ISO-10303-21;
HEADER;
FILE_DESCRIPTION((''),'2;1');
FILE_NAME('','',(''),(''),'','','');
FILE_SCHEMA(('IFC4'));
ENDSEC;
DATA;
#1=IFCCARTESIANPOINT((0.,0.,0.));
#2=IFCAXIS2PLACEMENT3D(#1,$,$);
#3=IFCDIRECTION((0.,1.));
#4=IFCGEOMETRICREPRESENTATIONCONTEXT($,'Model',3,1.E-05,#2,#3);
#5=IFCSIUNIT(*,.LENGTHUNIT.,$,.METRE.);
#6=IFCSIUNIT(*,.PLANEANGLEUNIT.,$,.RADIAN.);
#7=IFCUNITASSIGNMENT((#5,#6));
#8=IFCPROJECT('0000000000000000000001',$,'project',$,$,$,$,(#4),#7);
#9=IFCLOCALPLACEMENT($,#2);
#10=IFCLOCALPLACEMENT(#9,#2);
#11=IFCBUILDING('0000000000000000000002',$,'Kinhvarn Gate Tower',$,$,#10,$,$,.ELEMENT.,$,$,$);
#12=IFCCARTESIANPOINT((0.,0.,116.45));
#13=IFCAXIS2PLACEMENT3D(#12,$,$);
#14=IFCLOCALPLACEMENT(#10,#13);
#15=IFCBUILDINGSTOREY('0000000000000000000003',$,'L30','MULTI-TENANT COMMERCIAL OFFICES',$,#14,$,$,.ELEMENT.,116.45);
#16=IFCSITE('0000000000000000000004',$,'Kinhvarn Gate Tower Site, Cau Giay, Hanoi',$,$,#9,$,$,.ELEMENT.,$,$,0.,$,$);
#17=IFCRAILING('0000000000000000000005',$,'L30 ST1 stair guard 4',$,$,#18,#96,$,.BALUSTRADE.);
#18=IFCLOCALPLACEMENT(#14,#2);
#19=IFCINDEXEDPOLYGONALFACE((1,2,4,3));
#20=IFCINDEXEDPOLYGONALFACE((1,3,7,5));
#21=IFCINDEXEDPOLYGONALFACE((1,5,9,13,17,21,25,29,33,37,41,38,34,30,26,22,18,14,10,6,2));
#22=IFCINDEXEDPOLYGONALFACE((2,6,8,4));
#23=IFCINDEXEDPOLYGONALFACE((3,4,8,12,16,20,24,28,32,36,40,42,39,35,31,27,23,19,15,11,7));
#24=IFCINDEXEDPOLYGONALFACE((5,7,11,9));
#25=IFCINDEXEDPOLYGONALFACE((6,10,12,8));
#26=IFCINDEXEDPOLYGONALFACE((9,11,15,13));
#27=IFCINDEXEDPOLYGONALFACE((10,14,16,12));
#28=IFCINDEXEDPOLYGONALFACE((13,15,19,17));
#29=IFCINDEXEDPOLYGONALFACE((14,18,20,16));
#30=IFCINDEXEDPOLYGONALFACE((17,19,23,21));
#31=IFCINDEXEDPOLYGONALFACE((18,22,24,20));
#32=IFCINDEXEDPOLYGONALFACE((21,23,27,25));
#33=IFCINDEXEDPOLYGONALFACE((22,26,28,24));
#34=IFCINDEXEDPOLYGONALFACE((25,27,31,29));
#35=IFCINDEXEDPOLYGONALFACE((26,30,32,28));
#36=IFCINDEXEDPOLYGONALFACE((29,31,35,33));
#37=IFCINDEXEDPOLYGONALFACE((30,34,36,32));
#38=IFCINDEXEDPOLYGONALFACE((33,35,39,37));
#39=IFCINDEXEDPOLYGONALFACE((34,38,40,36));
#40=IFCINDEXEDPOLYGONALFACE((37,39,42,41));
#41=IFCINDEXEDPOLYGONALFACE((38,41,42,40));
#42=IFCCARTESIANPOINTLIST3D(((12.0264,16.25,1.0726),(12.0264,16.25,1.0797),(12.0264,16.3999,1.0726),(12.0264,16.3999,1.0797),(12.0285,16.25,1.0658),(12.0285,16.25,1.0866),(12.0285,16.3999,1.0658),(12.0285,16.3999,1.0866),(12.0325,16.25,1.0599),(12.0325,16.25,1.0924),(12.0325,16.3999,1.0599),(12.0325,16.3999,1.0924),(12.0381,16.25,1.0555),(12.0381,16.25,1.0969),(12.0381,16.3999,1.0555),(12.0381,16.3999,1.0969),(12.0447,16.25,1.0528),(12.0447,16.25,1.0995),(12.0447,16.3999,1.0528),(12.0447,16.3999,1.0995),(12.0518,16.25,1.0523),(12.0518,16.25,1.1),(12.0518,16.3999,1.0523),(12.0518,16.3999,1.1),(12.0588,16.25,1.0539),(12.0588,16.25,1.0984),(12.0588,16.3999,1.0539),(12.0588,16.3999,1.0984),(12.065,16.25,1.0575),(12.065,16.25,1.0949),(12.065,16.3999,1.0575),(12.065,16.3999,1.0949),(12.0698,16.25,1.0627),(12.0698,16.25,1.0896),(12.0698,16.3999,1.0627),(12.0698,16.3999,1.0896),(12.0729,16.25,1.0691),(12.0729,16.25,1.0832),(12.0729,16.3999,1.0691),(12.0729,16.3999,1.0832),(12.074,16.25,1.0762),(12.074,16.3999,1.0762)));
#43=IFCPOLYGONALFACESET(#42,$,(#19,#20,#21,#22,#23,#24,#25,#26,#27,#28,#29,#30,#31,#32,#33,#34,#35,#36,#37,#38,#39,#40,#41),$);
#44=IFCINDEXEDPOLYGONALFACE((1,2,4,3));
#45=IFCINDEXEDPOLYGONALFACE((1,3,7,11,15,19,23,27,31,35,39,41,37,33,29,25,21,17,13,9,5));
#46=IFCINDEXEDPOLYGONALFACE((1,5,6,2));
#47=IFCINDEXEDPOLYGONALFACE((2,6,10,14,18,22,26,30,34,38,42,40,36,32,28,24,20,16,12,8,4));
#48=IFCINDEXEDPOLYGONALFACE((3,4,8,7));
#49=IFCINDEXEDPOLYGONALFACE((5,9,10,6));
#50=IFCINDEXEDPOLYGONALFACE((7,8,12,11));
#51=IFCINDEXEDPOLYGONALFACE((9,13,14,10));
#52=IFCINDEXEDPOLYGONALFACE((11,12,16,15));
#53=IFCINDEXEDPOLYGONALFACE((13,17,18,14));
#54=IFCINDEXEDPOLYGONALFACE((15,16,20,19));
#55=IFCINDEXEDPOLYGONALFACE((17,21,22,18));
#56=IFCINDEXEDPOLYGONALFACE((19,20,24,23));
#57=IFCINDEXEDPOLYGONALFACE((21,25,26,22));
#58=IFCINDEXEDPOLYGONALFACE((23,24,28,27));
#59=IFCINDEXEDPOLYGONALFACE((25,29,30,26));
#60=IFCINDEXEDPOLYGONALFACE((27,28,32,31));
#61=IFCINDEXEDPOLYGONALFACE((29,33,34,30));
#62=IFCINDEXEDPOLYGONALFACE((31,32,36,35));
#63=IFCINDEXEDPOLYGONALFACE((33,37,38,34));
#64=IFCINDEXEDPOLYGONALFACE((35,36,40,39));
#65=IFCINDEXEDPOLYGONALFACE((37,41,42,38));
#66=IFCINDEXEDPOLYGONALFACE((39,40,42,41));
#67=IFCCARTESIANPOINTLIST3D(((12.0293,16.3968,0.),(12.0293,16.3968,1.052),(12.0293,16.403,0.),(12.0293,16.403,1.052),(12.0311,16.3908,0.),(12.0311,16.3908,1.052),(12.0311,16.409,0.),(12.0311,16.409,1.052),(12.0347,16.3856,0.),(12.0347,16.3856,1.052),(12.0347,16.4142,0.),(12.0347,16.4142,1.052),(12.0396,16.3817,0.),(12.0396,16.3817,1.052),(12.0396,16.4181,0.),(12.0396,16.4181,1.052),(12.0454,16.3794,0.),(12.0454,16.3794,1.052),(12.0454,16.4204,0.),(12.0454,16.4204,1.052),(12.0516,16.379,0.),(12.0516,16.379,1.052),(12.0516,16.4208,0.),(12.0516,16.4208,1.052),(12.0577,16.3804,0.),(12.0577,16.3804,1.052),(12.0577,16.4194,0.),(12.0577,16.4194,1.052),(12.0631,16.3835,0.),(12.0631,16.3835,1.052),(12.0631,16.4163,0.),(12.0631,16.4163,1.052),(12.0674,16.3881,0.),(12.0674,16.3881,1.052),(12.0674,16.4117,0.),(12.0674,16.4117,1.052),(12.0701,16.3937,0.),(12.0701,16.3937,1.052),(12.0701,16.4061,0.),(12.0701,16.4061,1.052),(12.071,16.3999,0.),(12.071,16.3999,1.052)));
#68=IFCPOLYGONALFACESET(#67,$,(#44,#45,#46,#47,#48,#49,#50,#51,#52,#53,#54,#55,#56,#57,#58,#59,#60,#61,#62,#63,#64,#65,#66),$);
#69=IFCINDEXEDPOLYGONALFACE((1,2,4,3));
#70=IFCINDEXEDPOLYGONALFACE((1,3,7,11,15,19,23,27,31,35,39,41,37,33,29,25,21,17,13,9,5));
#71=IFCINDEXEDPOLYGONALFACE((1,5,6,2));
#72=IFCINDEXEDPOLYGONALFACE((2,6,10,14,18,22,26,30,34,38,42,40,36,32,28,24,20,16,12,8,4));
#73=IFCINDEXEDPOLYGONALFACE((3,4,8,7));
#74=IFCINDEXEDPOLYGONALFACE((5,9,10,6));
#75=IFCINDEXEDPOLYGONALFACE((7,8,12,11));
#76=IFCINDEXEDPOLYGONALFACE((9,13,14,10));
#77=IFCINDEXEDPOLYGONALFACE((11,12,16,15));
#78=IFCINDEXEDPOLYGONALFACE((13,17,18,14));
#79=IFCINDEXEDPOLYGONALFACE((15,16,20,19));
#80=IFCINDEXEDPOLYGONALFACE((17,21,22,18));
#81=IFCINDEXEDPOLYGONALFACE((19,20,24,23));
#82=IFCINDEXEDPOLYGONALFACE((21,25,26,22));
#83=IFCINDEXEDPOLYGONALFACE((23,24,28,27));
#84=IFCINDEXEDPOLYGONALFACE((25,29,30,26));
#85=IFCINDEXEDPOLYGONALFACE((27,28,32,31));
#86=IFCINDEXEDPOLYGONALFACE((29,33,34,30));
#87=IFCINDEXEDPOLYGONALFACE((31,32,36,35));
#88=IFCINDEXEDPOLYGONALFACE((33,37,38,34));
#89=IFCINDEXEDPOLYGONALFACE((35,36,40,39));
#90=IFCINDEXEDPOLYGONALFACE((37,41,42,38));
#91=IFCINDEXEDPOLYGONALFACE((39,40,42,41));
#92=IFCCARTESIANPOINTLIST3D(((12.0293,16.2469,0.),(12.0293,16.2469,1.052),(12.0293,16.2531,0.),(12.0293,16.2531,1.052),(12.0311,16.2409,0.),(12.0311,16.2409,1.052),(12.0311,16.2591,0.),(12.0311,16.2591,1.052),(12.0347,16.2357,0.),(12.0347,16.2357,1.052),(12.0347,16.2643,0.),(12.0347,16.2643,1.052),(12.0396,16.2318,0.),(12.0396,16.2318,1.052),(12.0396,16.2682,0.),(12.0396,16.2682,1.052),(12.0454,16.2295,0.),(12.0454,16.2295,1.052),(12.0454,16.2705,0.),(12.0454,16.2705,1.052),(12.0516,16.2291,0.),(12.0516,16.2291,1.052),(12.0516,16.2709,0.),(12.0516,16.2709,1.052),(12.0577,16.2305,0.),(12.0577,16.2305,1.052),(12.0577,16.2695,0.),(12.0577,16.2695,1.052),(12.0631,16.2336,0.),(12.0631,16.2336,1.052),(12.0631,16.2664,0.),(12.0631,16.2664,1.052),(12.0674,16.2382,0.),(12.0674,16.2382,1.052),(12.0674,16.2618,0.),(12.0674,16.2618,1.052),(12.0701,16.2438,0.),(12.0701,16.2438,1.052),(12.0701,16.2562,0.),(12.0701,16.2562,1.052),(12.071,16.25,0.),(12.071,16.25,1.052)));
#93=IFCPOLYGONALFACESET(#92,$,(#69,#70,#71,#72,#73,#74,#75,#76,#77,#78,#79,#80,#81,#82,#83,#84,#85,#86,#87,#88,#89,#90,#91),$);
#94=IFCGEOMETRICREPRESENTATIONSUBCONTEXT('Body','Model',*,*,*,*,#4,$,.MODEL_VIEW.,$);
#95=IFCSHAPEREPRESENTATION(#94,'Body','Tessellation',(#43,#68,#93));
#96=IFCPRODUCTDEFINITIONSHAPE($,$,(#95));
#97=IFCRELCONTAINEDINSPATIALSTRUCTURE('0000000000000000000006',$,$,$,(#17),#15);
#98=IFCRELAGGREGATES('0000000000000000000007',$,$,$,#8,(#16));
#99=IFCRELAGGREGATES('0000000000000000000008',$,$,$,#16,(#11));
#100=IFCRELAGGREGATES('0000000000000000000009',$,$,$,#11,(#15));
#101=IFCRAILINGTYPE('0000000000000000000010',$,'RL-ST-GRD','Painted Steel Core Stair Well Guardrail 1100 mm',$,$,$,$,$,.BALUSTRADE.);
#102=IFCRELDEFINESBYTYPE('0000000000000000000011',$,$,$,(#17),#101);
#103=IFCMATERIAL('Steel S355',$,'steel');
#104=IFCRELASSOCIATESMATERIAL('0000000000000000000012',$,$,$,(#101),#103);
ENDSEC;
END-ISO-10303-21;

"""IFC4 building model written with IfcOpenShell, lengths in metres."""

from ifc_helpers import new_model, si_unit, direction, frame, origin, origin_2d, place, context, subcontext, project, spatial, circle, extrude, material, type_object, element, save


model = new_model("IFC4")

# Units and contexts
model_context = context("Model", 3, precision=1e-05, world=origin(), true_north=direction((0.0, 1.0)))
body_context = subcontext(model_context, "Body", "Model", "MODEL_VIEW")
ifc_project = project(units=[si_unit("LENGTHUNIT", "METRE"), si_unit("PLANEANGLEUNIT", "RADIAN")], contexts=[model_context])

# Site, building, storey
site_placement = place(None, origin())
site = spatial("IfcSite", under=ifc_project, at=site_placement, Name="Kinhvarn Gate Tower Site, Cau Giay, Hanoi", CompositionType="ELEMENT", RefElevation=0.0)
building_placement = place(site_placement, origin())
building = spatial("IfcBuilding", under=site, at=building_placement, Name="Kinhvarn Gate Tower", CompositionType="ELEMENT")
storey_placement = place(building_placement, frame((0.0, 0.0, 116.45)))
storey = spatial("IfcBuildingStorey", under=building, at=storey_placement, Name="L30", Description="MULTI-TENANT COMMERCIAL OFFICES", CompositionType="ELEMENT", Elevation=116.45)

# Shared definitions
ifc_material_1 = material(Name="Steel S355", Category="steel")

# Railing
railing_type_1 = type_object("IfcRailingType", Name="RL-ST-GRD", Description="Painted Steel Core Stair Well Guardrail 1100 mm", PredefinedType="BALUSTRADE", material=ifc_material_1)
railing_1_placement = place(storey_placement, frame((12.05, 16.3999, 0.0)))
element("IfcRailing", 1, at=railing_1_placement, inside=storey, type_object=railing_type_1, Name="L30 ST1 stair guard 4", PredefinedType="BALUSTRADE", context=body_context, shape_type="SweptSolid", body=[
    extrude(circle(Radius=0.0239, at=origin_2d()), frame((0.0, 0.0, 1.0762), z_axis=(0.0, -1.0, 0.0), x_axis=(1.0, 0.0, 0.0)), (0.0, 0.0, 1.0), 0.1499),
    extrude(circle(Radius=0.021, at=origin_2d()), origin(), (0.0, 0.0, 1.0), 1.052),
    extrude(circle(Radius=0.021, at=origin_2d()), frame((0.0, -0.1499, 0.0)), (0.0, 0.0, 1.0), 1.052),
])

save(model, "model.ifc")
